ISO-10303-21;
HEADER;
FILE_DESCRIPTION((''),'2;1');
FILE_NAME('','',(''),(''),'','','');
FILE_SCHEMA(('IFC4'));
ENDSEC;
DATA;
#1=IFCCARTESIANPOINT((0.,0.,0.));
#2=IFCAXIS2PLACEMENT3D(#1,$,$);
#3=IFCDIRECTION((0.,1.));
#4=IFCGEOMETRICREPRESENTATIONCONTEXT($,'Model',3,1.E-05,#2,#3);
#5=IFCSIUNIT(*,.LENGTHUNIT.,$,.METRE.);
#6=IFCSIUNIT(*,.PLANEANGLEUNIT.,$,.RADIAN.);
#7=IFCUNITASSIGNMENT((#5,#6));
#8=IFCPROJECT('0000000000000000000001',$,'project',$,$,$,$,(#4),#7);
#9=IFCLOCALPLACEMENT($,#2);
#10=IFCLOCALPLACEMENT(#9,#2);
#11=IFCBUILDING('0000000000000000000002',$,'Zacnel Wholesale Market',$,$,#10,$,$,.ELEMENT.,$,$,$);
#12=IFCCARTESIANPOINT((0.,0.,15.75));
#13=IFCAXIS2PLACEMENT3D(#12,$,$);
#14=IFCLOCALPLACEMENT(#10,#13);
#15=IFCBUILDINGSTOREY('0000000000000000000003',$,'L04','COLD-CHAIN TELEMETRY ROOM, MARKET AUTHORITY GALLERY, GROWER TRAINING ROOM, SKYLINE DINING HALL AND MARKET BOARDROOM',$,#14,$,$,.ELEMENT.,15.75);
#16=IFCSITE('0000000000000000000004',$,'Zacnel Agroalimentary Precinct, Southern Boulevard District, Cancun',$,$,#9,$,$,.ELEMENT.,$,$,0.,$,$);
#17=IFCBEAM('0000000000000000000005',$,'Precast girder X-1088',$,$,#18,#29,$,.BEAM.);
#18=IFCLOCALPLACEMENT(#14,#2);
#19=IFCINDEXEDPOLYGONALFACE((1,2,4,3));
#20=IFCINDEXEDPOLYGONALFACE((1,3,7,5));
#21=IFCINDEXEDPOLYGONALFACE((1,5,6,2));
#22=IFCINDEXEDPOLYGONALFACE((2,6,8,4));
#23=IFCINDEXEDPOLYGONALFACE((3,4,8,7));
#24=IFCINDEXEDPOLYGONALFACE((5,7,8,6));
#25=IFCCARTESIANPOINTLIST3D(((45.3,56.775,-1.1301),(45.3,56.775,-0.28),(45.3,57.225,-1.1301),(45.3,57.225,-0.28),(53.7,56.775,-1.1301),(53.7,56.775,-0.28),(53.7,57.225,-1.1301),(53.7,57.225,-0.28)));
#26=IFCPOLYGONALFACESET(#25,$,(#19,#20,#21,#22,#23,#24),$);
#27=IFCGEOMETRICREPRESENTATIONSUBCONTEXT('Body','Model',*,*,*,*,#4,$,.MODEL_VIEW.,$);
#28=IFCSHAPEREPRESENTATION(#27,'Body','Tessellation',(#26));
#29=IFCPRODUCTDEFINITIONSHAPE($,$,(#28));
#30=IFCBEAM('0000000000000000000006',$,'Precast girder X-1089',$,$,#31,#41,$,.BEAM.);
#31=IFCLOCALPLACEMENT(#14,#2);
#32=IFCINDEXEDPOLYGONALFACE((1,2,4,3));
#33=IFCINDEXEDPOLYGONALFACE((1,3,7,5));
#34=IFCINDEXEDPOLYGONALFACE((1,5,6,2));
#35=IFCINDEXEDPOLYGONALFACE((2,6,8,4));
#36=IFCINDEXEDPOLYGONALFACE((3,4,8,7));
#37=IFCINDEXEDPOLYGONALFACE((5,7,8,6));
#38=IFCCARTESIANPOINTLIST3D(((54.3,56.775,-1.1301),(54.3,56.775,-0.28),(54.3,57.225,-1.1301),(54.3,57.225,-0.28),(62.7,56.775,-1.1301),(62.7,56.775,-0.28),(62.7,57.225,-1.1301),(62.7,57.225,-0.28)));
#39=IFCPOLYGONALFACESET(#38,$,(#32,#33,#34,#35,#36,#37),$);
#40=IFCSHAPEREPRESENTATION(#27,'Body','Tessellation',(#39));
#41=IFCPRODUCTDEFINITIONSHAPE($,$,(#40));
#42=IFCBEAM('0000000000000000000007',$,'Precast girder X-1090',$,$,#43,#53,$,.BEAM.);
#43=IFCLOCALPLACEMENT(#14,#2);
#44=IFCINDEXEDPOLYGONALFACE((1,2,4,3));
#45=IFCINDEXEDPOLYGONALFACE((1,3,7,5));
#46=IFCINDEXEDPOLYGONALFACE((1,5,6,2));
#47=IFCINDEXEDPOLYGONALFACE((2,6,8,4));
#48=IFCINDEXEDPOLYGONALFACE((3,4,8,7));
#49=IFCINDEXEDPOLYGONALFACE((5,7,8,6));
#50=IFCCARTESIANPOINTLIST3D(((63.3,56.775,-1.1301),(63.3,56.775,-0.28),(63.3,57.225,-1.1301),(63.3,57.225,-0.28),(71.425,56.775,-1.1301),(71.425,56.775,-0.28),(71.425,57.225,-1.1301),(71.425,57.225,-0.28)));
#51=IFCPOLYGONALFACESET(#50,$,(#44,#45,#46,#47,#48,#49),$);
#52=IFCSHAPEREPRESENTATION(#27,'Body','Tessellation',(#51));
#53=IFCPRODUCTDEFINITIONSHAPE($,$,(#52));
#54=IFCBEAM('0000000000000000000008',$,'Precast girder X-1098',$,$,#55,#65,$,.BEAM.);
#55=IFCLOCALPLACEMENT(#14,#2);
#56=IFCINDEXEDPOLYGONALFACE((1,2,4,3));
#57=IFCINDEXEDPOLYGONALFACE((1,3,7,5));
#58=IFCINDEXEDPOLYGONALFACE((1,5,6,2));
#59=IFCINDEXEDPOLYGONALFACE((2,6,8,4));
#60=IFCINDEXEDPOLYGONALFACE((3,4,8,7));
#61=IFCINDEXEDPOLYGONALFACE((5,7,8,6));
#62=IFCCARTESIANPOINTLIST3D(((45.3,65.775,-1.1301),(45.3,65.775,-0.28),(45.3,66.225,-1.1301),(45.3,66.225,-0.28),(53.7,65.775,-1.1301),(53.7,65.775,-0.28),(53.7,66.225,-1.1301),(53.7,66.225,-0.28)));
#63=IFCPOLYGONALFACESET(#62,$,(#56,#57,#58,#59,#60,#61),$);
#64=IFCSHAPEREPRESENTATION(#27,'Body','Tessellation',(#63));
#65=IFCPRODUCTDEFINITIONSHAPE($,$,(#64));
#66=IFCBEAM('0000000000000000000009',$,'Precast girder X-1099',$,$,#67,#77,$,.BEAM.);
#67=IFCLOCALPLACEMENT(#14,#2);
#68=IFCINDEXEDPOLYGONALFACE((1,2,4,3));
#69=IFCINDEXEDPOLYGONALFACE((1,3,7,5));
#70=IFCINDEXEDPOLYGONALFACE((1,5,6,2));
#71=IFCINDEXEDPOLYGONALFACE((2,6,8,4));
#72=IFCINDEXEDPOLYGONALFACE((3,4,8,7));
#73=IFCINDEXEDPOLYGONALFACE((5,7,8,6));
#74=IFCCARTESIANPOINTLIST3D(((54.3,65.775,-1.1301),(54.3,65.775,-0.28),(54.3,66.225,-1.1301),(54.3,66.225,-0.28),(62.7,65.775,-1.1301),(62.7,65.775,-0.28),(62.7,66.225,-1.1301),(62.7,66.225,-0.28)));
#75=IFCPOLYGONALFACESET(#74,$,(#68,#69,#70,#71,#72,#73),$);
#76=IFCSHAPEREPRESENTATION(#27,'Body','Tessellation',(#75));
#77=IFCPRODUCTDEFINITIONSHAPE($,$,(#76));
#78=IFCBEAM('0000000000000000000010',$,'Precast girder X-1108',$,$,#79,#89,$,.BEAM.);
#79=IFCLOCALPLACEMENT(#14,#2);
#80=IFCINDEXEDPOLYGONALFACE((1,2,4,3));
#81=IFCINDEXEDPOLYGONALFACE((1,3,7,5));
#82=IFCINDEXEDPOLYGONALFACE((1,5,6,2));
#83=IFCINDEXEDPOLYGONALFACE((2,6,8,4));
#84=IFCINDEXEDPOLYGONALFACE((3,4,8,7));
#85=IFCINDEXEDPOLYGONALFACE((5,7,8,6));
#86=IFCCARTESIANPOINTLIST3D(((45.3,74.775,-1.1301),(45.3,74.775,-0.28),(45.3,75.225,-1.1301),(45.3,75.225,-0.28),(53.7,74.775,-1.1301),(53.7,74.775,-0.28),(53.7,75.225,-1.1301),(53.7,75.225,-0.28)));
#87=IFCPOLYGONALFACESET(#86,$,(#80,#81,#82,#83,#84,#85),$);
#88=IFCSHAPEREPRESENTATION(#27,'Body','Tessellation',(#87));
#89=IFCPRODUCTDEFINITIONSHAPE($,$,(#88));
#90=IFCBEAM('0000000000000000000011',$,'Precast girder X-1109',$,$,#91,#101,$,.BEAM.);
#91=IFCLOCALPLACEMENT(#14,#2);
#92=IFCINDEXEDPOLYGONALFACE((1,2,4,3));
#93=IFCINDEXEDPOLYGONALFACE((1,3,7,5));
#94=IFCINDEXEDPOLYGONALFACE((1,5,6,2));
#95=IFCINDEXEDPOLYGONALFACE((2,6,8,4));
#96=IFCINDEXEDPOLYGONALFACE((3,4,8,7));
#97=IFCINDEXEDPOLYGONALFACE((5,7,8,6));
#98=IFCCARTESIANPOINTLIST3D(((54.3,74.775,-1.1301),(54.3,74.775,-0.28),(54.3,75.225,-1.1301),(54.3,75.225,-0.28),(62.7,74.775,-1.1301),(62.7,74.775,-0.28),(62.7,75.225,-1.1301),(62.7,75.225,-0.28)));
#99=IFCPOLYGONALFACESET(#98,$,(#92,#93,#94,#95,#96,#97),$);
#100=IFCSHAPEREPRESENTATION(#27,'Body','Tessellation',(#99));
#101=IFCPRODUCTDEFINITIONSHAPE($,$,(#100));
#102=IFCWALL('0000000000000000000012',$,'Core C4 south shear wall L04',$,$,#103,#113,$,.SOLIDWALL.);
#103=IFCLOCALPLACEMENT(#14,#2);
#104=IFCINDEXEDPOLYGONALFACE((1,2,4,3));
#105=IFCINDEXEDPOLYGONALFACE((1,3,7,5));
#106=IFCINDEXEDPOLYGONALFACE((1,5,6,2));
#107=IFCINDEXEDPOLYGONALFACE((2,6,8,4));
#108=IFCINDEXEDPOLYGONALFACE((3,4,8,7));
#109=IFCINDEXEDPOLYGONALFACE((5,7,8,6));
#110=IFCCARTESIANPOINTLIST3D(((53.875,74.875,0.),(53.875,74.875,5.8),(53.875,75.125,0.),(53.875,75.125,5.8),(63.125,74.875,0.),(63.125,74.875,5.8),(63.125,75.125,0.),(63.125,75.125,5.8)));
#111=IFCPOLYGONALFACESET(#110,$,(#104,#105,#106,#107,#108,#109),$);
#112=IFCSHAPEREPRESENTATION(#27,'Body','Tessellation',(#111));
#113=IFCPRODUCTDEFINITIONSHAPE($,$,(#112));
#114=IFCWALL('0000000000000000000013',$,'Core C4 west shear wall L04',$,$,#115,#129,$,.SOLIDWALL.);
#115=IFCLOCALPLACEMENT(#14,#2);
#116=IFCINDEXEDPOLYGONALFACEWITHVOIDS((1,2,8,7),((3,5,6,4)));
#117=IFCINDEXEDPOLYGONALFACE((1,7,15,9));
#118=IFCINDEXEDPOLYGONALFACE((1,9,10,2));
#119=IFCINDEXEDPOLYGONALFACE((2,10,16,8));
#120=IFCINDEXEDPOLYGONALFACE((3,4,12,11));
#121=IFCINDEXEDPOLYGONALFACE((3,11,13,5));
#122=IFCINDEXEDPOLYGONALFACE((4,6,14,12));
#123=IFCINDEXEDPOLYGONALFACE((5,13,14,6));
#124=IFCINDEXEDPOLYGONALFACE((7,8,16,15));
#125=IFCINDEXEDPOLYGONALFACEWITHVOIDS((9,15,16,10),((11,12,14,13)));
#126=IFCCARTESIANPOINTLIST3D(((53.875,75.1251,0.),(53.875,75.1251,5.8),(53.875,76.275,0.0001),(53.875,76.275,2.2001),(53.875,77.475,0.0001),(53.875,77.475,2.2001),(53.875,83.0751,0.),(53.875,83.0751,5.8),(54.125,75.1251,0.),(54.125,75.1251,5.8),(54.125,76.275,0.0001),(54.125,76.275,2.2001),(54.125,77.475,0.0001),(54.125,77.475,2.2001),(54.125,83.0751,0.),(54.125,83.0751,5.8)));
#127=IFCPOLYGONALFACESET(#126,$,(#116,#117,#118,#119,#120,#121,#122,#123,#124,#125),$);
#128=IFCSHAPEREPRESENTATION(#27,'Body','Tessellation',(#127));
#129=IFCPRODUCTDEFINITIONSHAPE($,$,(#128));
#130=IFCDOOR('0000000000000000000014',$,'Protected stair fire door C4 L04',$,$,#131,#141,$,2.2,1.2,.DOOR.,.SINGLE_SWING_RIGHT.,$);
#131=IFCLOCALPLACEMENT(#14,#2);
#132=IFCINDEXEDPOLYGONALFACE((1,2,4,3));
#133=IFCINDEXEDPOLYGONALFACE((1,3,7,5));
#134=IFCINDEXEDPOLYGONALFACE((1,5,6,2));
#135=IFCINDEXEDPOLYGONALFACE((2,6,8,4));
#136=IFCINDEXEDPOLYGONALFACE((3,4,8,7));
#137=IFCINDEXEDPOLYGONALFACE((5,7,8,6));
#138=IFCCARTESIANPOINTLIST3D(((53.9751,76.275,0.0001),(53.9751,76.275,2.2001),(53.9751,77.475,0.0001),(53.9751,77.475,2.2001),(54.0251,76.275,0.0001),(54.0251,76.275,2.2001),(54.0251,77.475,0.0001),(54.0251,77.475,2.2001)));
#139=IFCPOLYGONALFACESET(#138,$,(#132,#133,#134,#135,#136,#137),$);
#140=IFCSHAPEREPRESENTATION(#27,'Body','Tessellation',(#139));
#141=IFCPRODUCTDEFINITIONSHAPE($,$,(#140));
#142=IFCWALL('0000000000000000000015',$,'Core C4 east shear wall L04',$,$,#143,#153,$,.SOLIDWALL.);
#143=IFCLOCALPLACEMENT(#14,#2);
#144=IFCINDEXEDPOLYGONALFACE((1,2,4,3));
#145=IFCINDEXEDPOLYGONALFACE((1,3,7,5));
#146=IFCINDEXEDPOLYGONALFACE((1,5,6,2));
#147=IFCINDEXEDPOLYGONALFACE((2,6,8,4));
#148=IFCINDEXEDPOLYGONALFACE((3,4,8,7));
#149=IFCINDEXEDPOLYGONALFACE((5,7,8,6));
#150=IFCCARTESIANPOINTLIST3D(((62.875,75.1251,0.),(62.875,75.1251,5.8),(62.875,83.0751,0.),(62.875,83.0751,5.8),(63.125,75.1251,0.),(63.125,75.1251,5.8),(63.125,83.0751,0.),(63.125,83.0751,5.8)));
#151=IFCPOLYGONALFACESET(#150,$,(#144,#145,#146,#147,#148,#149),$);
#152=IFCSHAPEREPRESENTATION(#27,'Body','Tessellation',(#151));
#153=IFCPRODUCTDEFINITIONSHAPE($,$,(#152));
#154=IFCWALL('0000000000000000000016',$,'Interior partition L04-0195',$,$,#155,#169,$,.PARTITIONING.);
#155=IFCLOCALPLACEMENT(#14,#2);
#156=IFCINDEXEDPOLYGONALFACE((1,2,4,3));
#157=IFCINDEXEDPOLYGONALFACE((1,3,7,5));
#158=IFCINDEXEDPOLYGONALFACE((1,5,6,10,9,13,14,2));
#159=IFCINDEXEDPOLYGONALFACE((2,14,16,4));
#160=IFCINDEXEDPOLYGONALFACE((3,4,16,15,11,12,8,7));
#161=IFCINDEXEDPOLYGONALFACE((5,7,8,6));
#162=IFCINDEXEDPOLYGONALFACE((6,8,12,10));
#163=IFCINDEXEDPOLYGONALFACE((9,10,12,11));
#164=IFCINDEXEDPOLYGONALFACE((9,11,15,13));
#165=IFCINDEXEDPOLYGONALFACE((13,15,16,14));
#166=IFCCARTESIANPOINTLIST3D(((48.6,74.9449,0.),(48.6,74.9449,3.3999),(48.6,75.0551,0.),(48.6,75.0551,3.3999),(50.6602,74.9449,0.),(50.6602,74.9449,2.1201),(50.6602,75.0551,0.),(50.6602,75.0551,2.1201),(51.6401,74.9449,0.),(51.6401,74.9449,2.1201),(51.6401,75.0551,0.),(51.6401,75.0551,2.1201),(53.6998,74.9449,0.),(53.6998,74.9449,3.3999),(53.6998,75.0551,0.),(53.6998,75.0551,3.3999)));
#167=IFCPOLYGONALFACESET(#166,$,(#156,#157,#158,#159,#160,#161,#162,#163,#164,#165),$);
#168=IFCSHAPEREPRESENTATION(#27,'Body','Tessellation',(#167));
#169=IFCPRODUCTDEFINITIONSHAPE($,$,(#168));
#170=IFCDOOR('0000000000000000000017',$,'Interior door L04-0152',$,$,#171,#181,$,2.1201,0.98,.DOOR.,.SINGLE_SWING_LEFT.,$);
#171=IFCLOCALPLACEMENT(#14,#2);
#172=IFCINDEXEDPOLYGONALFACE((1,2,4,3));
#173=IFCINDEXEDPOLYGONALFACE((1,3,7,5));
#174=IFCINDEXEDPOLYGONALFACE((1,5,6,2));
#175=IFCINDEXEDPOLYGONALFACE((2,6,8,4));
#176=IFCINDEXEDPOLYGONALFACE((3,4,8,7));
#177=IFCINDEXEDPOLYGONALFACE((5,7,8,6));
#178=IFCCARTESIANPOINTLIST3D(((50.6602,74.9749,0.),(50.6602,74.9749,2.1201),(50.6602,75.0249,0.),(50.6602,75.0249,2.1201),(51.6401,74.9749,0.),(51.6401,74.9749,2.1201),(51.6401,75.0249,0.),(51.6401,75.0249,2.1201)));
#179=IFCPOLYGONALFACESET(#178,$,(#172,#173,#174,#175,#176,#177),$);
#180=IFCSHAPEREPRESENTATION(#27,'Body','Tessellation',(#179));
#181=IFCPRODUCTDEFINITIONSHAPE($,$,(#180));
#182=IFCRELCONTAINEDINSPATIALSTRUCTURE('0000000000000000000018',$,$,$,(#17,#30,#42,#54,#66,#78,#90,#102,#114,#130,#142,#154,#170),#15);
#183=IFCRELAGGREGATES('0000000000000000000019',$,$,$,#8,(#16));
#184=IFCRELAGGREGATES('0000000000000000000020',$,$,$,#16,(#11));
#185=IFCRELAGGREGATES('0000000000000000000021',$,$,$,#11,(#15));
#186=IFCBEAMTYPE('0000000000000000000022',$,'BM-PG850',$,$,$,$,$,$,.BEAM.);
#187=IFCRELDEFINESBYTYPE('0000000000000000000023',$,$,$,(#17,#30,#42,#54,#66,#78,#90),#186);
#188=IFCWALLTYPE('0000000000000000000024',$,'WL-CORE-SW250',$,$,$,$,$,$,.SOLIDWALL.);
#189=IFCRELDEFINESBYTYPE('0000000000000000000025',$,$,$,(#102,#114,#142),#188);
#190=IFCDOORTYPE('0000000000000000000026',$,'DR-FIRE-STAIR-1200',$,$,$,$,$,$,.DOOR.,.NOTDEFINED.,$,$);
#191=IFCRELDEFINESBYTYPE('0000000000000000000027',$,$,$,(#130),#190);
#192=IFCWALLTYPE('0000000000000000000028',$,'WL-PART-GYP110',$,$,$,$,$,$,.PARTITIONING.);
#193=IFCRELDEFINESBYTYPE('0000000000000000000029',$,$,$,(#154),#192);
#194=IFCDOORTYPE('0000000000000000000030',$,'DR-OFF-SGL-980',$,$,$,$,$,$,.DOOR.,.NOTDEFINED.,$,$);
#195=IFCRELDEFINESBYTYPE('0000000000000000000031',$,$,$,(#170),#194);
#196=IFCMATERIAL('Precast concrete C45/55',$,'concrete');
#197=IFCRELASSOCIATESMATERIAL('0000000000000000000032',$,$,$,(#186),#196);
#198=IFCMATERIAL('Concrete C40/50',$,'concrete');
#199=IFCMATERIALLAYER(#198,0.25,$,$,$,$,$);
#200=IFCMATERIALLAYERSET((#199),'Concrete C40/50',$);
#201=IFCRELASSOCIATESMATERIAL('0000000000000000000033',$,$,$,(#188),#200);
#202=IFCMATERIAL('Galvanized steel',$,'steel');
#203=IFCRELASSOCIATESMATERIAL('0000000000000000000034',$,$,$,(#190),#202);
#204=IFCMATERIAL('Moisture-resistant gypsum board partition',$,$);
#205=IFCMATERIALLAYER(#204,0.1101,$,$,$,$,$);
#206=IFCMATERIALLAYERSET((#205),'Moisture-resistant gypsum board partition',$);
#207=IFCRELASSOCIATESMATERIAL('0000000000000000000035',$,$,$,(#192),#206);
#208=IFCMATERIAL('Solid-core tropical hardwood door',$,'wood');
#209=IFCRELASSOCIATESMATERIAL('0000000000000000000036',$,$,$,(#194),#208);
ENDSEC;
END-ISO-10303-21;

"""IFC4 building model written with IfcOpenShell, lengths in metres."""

from ifc_helpers import new_model, si_unit, direction, frame, frame_2d, origin, origin_2d, place, context, subcontext, project, spatial, rectangle, extrude, material, layer, layer_set, material_profile, profile_set, type_object, element, fill, save


model = new_model("IFC4")

# Units and contexts
model_context = context("Model", 3, precision=1e-05, world=origin(), true_north=direction((0.0, 1.0)))
body_context = subcontext(model_context, "Body", "Model", "MODEL_VIEW")
ifc_project = project(units=[si_unit("LENGTHUNIT", "METRE"), si_unit("PLANEANGLEUNIT", "RADIAN")], contexts=[model_context])

# Site, building, storey
site_placement = place(None, origin())
site = spatial("IfcSite", under=ifc_project, at=site_placement, Name="Zacnel Agroalimentary Precinct, Southern Boulevard District, Cancun", CompositionType="ELEMENT", RefElevation=0.0)
building_placement = place(site_placement, origin())
building = spatial("IfcBuilding", under=site, at=building_placement, Name="Zacnel Wholesale Market", CompositionType="ELEMENT")
storey_placement = place(building_placement, frame((0.0, 0.0, 15.75)))
storey = spatial("IfcBuildingStorey", under=building, at=storey_placement, Name="L04", Description="COLD-CHAIN TELEMETRY ROOM, MARKET AUTHORITY GALLERY, GROWER TRAINING ROOM, SKYLINE DINING HALL AND MARKET BOARDROOM", CompositionType="ELEMENT", Elevation=15.75)

# Beams
ifc_material_1 = material(Name="Precast concrete C45/55", Category="concrete")
ifc_material_profile_1 = material_profile(ifc_material_1, rectangle(XDim=0.45, YDim=0.8501, at=origin_2d()), Name="PG 450x850")
ifc_profile_set_1 = profile_set([ifc_material_profile_1], Name="Precast concrete C45/55")
beam_type_1 = type_object("IfcBeamType", Name="BM-PG850", PredefinedType="BEAM", material=ifc_profile_set_1)
for number, where, z_axis, x_axis, name in (
    (1, (45.3, 57.0, -0.7051), (1.0, 0.0, 0.0), (0.0, 1.0, 0.0), "Precast girder X-1088"),
    (2, (54.3, 57.0, -0.7051), (1.0, 0.0, 0.0), (0.0, 1.0, 0.0), "Precast girder X-1089"),
):
    element("IfcBeam", number, at=place(storey_placement, frame(where, z_axis=z_axis, x_axis=x_axis)), inside=storey, type_object=beam_type_1, Name=name, PredefinedType="BEAM", context=body_context, shape_type="SweptSolid", body=[
        extrude(rectangle(XDim=0.45, YDim=0.8501, at=origin_2d()), origin(), (0.0, 0.0, 1.0), 8.3999),
    ])
beam_placement = place(storey_placement, frame((63.3, 57.0, -0.7051), z_axis=(1.0, 0.0, 0.0), x_axis=(0.0, 1.0, 0.0)))
element("IfcBeam", 3, at=beam_placement, inside=storey, type_object=beam_type_1, Name="Precast girder X-1090", PredefinedType="BEAM", context=body_context, shape_type="SweptSolid", body=[
    extrude(rectangle(XDim=0.45, YDim=0.8501, at=origin_2d()), origin(), (0.0, 0.0, 1.0), 8.125),
])
for number, where, z_axis, x_axis, name in (
    (4, (45.3, 66.0, -0.7051), (1.0, 0.0, 0.0), (0.0, 1.0, 0.0), "Precast girder X-1098"),
    (5, (54.3, 66.0, -0.7051), (1.0, 0.0, 0.0), (0.0, 1.0, 0.0), "Precast girder X-1099"),
    (6, (45.3, 75.0, -0.7051), (1.0, 0.0, 0.0), (0.0, 1.0, 0.0), "Precast girder X-1108"),
    (7, (54.3, 75.0, -0.7051), (1.0, 0.0, 0.0), (0.0, 1.0, 0.0), "Precast girder X-1109"),
):
    element("IfcBeam", number, at=place(storey_placement, frame(where, z_axis=z_axis, x_axis=x_axis)), inside=storey, type_object=beam_type_1, Name=name, PredefinedType="BEAM", context=body_context, shape_type="SweptSolid", body=[
        extrude(rectangle(XDim=0.45, YDim=0.8501, at=origin_2d()), origin(), (0.0, 0.0, 1.0), 8.3999),
    ])

# Wall
ifc_material_2 = material(Name="Concrete C40/50", Category="concrete")
ifc_layer_1 = layer(ifc_material_2, 0.25)
ifc_layer_set_1 = layer_set([ifc_layer_1], Name="Concrete C40/50")
wall_type_1 = type_object("IfcWallType", Name="WL-CORE-SW250", PredefinedType="SOLIDWALL", material=ifc_layer_set_1)
wall_1_placement = place(storey_placement, frame((53.875, 75.0, 0.0), z_axis=(0.0, 0.0, 1.0), x_axis=(1.0, 0.0, 0.0)))
element("IfcWall", 8, at=wall_1_placement, inside=storey, type_object=wall_type_1, Name="Core C4 south shear wall L04", PredefinedType="SOLIDWALL", context=body_context, shape_type="SweptSolid", body=[
    extrude(rectangle(XDim=9.25, YDim=0.25, at=frame_2d((4.625, 0.0))), origin(), (0.0, 0.0, 1.0), 5.8),
])

# Wall, opening, door
wall_2_placement = place(storey_placement, frame((54.0, 75.125, 0.0), z_axis=(0.0, 0.0, 1.0), x_axis=(0.0, 1.0, 0.0)))
wall_2 = element("IfcWall", 9, at=wall_2_placement, inside=storey, type_object=wall_type_1, Name="Core C4 west shear wall L04", PredefinedType="SOLIDWALL", context=body_context, shape_type="SweptSolid", body=[
    extrude(rectangle(XDim=7.95, YDim=0.25, at=frame_2d((3.9751, 0.0))), origin(), (0.0, 0.0, 1.0), 5.8),
])
opening_1_placement = place(wall_2_placement, frame((1.1499, 0.0, 0.0)))
opening_1 = element("IfcOpeningElement", 10, at=opening_1_placement, cuts=wall_2, PredefinedType="OPENING", context=body_context, shape_type="SweptSolid", body=[
    extrude(rectangle(XDim=1.2, YDim=2.2, at=frame_2d((0.6001, 1.1001))), frame((0.0, 0.135, 0.0), z_axis=(0.0, -1.0, 0.0), x_axis=(1.0, 0.0, 0.0)), (0.0, 0.0, 1.0), 0.27),
])
ifc_material_3 = material(Name="Galvanized steel", Category="steel")
door_type_1 = type_object("IfcDoorType", Name="DR-FIRE-STAIR-1200", OperationType="NOTDEFINED", PredefinedType="DOOR", material=ifc_material_3)
door_1_placement = place(opening_1_placement, origin())
door_1 = element("IfcDoor", 11, at=door_1_placement, inside=storey, type_object=door_type_1, Name="Protected stair fire door C4 L04", OperationType="SINGLE_SWING_RIGHT", OverallHeight=2.2, OverallWidth=1.2, PredefinedType="DOOR", context=body_context, shape_type="SweptSolid", body=[
    extrude(rectangle(XDim=1.2, YDim=2.2, at=frame_2d((0.6001, 1.1001))), frame((0.0, 0.0249, 0.0), z_axis=(0.0, -1.0, 0.0), x_axis=(1.0, 0.0, 0.0)), (0.0, 0.0, 1.0), 0.05),
])
fill(opening_1, door_1)

# Wall
wall_3_placement = place(storey_placement, frame((63.0, 75.125, 0.0), z_axis=(0.0, 0.0, 1.0), x_axis=(0.0, 1.0, 0.0)))
element("IfcWall", 12, at=wall_3_placement, inside=storey, type_object=wall_type_1, Name="Core C4 east shear wall L04", PredefinedType="SOLIDWALL", context=body_context, shape_type="SweptSolid", body=[
    extrude(rectangle(XDim=7.95, YDim=0.25, at=frame_2d((3.9751, 0.0))), origin(), (0.0, 0.0, 1.0), 5.8),
])

# Wall, opening, door
ifc_material_4 = material(Name="Moisture-resistant gypsum board partition")
ifc_layer_2 = layer(ifc_material_4, 0.1101)
ifc_layer_set_2 = layer_set([ifc_layer_2], Name="Moisture-resistant gypsum board partition")
wall_type_2 = type_object("IfcWallType", Name="WL-PART-GYP110", PredefinedType="PARTITIONING", material=ifc_layer_set_2)
wall_4_placement = place(storey_placement, frame((48.6001, 75.0, 0.0), z_axis=(0.0, 0.0, 1.0), x_axis=(1.0, 0.0, 0.0)))
wall_4 = element("IfcWall", 13, at=wall_4_placement, inside=storey, type_object=wall_type_2, Name="Interior partition L04-0195", PredefinedType="PARTITIONING", context=body_context, shape_type="SweptSolid", body=[
    extrude(rectangle(XDim=5.0999, YDim=0.1101, at=frame_2d((2.5498, 0.0))), origin(), (0.0, 0.0, 1.0), 3.3999),
])
opening_2_placement = place(wall_4_placement, frame((2.0601, 0.0, 0.0)))
opening_2 = element("IfcOpeningElement", 14, at=opening_2_placement, cuts=wall_4, PredefinedType="OPENING", context=body_context, shape_type="SweptSolid", body=[
    extrude(rectangle(XDim=0.98, YDim=2.1201, at=frame_2d((0.49, 1.0601))), frame((0.0, 0.0649, 0.0), z_axis=(0.0, -1.0, 0.0), x_axis=(1.0, 0.0, 0.0)), (0.0, 0.0, 1.0), 0.1301),
])
ifc_material_5 = material(Name="Solid-core tropical hardwood door", Category="wood")
door_type_2 = type_object("IfcDoorType", Name="DR-OFF-SGL-980", OperationType="NOTDEFINED", PredefinedType="DOOR", material=ifc_material_5)
door_2_placement = place(opening_2_placement, origin())
door_2 = element("IfcDoor", 15, at=door_2_placement, inside=storey, type_object=door_type_2, Name="Interior door L04-0152", OperationType="SINGLE_SWING_LEFT", OverallHeight=2.1201, OverallWidth=0.98, PredefinedType="DOOR", context=body_context, shape_type="SweptSolid", body=[
    extrude(rectangle(XDim=0.98, YDim=2.1201, at=frame_2d((0.49, 1.0601))), frame((0.0, 0.0249, 0.0), z_axis=(0.0, -1.0, 0.0), x_axis=(1.0, 0.0, 0.0)), (0.0, 0.0, 1.0), 0.05),
])
fill(opening_2, door_2)

save(model, "model.ifc")
